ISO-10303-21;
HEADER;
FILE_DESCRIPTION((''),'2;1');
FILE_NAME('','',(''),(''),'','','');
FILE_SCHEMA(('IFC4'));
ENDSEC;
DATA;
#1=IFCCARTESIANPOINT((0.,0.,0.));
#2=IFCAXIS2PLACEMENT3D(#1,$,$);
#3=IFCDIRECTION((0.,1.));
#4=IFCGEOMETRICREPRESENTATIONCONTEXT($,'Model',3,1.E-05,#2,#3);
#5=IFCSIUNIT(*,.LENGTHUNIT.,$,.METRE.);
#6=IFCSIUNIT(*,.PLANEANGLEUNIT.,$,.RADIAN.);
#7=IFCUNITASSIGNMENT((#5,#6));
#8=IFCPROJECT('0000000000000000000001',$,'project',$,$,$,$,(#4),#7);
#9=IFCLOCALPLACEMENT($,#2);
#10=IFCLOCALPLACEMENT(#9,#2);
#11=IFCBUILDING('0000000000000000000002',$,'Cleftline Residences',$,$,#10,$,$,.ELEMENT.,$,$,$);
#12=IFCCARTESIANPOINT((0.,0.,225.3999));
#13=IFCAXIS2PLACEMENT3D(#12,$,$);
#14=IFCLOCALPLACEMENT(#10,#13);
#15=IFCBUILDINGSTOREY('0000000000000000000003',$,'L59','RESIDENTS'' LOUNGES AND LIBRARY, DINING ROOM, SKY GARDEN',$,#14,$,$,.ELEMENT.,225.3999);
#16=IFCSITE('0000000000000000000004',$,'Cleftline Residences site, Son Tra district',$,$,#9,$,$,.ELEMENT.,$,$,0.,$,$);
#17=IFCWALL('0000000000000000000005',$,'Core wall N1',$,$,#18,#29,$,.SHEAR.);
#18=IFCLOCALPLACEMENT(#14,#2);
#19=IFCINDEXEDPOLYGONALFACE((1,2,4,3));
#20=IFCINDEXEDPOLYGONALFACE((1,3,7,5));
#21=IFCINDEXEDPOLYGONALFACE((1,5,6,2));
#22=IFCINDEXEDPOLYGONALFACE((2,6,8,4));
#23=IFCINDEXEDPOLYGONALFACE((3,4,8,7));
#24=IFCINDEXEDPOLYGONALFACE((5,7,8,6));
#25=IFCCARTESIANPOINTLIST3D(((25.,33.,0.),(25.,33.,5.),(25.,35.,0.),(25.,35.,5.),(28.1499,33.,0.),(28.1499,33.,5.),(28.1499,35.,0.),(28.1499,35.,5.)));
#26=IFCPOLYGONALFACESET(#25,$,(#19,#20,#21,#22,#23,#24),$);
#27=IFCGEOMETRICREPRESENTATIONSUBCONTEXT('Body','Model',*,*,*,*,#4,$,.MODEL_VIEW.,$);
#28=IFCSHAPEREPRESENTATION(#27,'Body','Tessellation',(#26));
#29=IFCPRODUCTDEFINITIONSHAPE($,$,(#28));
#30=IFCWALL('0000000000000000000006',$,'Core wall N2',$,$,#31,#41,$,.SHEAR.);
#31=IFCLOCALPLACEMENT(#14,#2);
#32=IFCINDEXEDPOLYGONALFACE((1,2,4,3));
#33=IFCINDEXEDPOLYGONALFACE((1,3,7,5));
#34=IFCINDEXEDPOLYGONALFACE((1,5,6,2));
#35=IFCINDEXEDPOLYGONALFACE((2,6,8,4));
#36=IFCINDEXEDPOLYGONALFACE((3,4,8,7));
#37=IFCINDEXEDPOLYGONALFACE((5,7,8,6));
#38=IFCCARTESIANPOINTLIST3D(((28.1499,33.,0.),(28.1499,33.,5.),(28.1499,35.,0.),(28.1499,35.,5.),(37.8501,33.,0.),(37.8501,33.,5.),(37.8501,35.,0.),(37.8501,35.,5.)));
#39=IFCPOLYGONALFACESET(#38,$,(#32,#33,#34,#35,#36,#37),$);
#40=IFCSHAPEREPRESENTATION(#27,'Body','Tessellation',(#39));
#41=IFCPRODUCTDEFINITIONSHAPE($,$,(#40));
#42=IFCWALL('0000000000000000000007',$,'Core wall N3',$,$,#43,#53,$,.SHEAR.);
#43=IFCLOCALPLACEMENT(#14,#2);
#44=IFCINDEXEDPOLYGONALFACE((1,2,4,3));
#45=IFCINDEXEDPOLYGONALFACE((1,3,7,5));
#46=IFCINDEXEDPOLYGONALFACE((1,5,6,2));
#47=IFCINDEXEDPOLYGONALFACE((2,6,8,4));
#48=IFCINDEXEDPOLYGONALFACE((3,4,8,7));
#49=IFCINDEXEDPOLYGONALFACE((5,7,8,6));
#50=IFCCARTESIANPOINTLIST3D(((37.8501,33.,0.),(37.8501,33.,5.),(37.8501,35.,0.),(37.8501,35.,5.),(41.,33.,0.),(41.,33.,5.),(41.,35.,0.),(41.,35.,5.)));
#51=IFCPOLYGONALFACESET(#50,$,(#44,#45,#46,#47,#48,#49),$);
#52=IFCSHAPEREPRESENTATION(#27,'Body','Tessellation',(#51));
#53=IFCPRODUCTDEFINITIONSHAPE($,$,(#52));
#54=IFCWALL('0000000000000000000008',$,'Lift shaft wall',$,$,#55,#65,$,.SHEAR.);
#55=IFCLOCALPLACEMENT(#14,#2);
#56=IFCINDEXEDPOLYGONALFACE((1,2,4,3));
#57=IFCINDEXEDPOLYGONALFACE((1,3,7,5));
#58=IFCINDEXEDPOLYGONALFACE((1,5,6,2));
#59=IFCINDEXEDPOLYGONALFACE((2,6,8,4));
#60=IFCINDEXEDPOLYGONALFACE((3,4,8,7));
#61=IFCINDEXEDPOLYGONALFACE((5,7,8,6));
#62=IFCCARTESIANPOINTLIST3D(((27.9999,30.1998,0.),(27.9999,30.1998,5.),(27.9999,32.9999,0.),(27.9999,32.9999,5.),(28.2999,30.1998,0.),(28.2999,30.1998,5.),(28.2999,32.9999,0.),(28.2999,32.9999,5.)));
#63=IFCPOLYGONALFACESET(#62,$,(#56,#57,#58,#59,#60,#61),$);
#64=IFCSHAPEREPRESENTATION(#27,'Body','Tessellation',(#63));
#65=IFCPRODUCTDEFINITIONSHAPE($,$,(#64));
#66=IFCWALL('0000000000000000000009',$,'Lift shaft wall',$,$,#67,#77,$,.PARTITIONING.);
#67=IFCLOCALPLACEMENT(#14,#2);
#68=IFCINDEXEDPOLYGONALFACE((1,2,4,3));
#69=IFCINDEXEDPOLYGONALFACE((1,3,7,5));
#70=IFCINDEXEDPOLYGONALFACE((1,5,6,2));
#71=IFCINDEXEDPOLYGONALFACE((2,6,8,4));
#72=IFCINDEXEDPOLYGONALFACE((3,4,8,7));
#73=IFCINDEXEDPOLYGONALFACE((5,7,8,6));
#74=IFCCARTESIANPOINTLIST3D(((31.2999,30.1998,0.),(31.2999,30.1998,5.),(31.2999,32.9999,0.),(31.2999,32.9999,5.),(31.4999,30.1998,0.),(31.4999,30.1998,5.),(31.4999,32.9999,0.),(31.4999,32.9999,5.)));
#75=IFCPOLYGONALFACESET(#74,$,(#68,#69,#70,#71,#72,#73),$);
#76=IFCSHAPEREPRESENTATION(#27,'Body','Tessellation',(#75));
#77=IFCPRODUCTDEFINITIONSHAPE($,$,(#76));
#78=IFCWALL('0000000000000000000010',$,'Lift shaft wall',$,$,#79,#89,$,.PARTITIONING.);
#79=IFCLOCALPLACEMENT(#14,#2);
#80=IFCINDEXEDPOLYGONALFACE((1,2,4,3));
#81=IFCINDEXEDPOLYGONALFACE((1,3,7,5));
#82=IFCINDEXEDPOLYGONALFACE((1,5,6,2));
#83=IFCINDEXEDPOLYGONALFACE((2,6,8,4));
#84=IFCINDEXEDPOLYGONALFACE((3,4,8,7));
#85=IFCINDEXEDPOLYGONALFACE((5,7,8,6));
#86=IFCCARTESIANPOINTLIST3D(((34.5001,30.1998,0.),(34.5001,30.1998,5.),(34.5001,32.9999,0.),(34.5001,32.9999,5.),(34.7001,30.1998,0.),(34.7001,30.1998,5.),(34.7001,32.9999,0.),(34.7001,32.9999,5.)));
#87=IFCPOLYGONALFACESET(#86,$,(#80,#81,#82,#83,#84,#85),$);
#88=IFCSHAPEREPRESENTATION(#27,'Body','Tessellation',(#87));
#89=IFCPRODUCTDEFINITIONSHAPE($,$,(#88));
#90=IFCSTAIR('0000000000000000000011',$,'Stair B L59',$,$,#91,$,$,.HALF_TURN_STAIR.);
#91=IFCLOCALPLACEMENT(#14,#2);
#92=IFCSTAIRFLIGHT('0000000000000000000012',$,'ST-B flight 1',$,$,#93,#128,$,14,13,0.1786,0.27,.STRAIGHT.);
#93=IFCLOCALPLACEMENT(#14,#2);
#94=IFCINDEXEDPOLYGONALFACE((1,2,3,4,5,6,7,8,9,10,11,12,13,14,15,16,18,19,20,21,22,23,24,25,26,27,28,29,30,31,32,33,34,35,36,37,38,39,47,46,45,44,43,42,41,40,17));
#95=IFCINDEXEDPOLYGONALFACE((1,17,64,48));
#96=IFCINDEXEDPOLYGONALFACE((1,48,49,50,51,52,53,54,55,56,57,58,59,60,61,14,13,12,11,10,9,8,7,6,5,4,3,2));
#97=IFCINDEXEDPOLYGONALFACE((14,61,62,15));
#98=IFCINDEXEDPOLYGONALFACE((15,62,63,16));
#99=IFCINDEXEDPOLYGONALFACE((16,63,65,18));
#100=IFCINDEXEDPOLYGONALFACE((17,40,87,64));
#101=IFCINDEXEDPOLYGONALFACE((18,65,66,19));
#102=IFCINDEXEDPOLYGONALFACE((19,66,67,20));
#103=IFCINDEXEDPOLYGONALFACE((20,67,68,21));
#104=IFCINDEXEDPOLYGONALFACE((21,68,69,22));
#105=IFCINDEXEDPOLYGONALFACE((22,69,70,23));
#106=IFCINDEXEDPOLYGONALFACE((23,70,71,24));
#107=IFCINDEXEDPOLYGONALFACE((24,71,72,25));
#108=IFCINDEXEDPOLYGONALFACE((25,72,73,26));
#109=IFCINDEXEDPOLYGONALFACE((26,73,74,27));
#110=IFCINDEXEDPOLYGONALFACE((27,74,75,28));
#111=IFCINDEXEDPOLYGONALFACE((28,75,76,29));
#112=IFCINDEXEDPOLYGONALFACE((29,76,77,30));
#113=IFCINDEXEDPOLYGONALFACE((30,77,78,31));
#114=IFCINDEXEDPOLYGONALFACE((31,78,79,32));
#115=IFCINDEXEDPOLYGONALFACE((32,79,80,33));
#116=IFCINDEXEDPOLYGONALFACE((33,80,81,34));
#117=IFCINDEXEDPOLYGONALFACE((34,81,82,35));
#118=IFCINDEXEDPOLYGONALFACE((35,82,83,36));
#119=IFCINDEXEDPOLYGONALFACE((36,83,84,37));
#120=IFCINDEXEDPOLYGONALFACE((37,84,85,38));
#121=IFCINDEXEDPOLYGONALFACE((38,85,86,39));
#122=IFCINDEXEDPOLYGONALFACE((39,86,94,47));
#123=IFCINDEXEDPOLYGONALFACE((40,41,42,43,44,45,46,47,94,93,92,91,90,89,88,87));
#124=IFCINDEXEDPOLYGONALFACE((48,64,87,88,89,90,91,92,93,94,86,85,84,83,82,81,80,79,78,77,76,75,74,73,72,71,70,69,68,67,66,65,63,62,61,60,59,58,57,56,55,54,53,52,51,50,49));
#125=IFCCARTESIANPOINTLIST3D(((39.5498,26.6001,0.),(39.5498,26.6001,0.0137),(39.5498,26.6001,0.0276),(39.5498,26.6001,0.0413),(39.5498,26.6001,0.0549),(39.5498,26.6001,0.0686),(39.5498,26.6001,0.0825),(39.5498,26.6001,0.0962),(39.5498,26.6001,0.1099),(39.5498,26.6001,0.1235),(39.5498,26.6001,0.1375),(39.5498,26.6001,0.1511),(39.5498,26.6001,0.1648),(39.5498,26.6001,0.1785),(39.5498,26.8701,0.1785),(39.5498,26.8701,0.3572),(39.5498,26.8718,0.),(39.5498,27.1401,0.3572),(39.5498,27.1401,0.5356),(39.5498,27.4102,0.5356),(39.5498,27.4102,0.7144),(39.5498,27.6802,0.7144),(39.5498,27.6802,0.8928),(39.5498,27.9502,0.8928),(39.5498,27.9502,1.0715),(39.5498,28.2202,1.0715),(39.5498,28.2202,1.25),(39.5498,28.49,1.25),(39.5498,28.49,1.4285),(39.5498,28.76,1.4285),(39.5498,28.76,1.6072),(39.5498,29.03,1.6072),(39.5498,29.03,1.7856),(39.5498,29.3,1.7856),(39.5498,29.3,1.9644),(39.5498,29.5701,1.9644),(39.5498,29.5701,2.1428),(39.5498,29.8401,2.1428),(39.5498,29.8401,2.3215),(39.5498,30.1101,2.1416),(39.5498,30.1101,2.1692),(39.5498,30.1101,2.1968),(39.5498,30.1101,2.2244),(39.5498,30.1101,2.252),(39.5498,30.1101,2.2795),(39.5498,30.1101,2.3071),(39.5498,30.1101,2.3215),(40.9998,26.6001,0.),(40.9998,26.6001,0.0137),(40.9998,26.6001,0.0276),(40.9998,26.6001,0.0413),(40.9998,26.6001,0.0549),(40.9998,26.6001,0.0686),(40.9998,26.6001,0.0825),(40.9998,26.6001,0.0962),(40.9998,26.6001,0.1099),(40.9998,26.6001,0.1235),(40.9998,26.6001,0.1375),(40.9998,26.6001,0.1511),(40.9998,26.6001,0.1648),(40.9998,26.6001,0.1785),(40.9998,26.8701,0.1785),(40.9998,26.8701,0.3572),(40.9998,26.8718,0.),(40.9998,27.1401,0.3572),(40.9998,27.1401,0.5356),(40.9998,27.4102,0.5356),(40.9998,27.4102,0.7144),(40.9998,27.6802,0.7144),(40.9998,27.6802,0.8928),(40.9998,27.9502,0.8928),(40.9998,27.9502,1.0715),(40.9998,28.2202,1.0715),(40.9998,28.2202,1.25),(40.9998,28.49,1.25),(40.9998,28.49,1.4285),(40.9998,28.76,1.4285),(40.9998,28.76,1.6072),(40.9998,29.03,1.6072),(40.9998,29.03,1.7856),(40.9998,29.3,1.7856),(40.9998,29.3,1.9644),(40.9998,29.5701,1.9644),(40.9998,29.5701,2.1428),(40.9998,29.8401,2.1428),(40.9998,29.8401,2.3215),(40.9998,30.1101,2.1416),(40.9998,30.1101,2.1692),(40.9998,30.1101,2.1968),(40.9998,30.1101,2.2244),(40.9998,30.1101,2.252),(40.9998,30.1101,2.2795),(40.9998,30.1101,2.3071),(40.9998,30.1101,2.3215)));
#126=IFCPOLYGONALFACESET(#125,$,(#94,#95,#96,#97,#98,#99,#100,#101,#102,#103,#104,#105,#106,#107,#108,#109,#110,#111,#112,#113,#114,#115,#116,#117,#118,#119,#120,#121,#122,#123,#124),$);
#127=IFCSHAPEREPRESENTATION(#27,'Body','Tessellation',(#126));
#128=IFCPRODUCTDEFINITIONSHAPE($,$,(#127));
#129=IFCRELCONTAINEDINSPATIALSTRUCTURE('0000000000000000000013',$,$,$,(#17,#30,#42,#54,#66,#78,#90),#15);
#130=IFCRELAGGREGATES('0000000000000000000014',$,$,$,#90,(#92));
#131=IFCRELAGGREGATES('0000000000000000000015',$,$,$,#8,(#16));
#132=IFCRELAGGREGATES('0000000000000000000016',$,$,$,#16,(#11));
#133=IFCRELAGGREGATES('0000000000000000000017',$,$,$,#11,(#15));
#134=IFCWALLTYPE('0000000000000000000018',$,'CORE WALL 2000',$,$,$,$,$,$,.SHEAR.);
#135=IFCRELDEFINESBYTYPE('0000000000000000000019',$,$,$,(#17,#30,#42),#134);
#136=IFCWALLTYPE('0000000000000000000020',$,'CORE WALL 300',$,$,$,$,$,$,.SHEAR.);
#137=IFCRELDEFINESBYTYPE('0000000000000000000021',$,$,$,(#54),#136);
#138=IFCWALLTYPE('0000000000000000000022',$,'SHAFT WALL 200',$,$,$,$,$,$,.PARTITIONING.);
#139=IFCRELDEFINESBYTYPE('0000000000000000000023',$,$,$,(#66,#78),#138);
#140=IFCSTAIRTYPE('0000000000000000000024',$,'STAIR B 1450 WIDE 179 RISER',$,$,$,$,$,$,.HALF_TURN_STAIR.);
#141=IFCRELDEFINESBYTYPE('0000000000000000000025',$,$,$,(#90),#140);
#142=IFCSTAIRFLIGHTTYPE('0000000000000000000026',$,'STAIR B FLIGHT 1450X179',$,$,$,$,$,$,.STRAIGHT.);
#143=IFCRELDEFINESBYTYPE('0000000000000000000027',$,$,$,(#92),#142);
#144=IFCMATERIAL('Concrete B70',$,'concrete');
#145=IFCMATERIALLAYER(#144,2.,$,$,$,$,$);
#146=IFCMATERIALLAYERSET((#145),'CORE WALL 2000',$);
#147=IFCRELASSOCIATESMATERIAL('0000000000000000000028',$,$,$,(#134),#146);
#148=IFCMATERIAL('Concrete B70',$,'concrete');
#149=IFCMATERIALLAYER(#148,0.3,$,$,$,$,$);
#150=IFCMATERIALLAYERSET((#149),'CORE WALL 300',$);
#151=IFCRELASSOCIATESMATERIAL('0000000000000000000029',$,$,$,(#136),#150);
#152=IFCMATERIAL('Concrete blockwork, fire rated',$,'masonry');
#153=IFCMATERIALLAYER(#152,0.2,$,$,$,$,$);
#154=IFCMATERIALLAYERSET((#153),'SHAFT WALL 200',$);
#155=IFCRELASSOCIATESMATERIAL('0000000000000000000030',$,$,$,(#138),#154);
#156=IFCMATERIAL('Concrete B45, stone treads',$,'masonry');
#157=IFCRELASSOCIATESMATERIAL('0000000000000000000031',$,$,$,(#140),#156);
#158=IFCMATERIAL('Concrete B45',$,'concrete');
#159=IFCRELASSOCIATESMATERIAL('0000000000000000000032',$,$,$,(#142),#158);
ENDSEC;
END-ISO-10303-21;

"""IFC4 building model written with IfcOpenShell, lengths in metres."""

from ifc_helpers import new_model, si_unit, direction, frame, frame_2d, origin, place, context, subcontext, project, spatial, polyline, rectangle, outline, extrude, material, layer, layer_set, type_object, element, aggregate, save


model = new_model("IFC4")

# Units and contexts
model_context = context("Model", 3, precision=1e-05, world=origin(), true_north=direction((0.0, 1.0)))
body_context = subcontext(model_context, "Body", "Model", "MODEL_VIEW")
ifc_project = project(units=[si_unit("LENGTHUNIT", "METRE"), si_unit("PLANEANGLEUNIT", "RADIAN")], contexts=[model_context])

# Site, building, storey
site_placement = place(None, origin())
site = spatial("IfcSite", under=ifc_project, at=site_placement, Name="Cleftline Residences site, Son Tra district", CompositionType="ELEMENT", RefElevation=0.0)
building_placement = place(site_placement, origin())
building = spatial("IfcBuilding", under=site, at=building_placement, Name="Cleftline Residences", CompositionType="ELEMENT")
storey_placement = place(building_placement, frame((0.0, 0.0, 225.3999)))
storey = spatial("IfcBuildingStorey", under=building, at=storey_placement, Name="L59", Description="RESIDENTS' LOUNGES AND LIBRARY, DINING ROOM, SKY GARDEN", CompositionType="ELEMENT", Elevation=225.3999)

# Walls
ifc_material_1 = material(Name="Concrete B70", Category="concrete")
ifc_layer_1 = layer(ifc_material_1, 2.0)
ifc_layer_set_1 = layer_set([ifc_layer_1], Name="CORE WALL 2000")
wall_type_1 = type_object("IfcWallType", Name="CORE WALL 2000", PredefinedType="SHEAR", material=ifc_layer_set_1)
wall_1_placement = place(storey_placement, frame((25.0, 34.0, 0.0), z_axis=(0.0, 0.0, 1.0), x_axis=(1.0, 0.0, 0.0)))
element("IfcWall", 1, at=wall_1_placement, inside=storey, type_object=wall_type_1, Name="Core wall N1", PredefinedType="SHEAR", context=body_context, shape_type="SweptSolid", body=[
    extrude(rectangle(XDim=3.1499, YDim=2.0, at=frame_2d((1.575, 0.0))), origin(), (0.0, 0.0, 1.0), 5.0),
])
wall_2_placement = place(storey_placement, frame((28.1499, 34.0, 0.0), z_axis=(0.0, 0.0, 1.0), x_axis=(1.0, 0.0, 0.0)))
element("IfcWall", 2, at=wall_2_placement, inside=storey, type_object=wall_type_1, Name="Core wall N2", PredefinedType="SHEAR", context=body_context, shape_type="SweptSolid", body=[
    extrude(rectangle(XDim=9.7002, YDim=2.0, at=frame_2d((4.8501, 0.0))), origin(), (0.0, 0.0, 1.0), 5.0),
])
wall_3_placement = place(storey_placement, frame((37.8501, 34.0, 0.0), z_axis=(0.0, 0.0, 1.0), x_axis=(1.0, 0.0, 0.0)))
element("IfcWall", 3, at=wall_3_placement, inside=storey, type_object=wall_type_1, Name="Core wall N3", PredefinedType="SHEAR", context=body_context, shape_type="SweptSolid", body=[
    extrude(rectangle(XDim=3.1499, YDim=2.0, at=frame_2d((1.575, 0.0))), origin(), (0.0, 0.0, 1.0), 5.0),
])
ifc_material_2 = material(Name="Concrete B70", Category="concrete")
ifc_layer_2 = layer(ifc_material_2, 0.3)
ifc_layer_set_2 = layer_set([ifc_layer_2], Name="CORE WALL 300")
wall_type_2 = type_object("IfcWallType", Name="CORE WALL 300", PredefinedType="SHEAR", material=ifc_layer_set_2)
wall_4_placement = place(storey_placement, frame((28.1499, 30.2, 0.0), z_axis=(0.0, 0.0, 1.0), x_axis=(0.0, 1.0, 0.0)))
element("IfcWall", 4, at=wall_4_placement, inside=storey, type_object=wall_type_2, Name="Lift shaft wall", PredefinedType="SHEAR", context=body_context, shape_type="SweptSolid", body=[
    extrude(rectangle(XDim=2.8, YDim=0.3, at=frame_2d((1.3999, 0.0))), origin(), (0.0, 0.0, 1.0), 5.0),
])
ifc_material_3 = material(Name="Concrete blockwork, fire rated", Category="masonry")
ifc_layer_3 = layer(ifc_material_3, 0.2)
ifc_layer_set_3 = layer_set([ifc_layer_3], Name="SHAFT WALL 200")
wall_type_3 = type_object("IfcWallType", Name="SHAFT WALL 200", PredefinedType="PARTITIONING", material=ifc_layer_set_3)
for number, where, z_axis, x_axis, name in (
    (5, (31.3999, 30.2, 0.0), (0.0, 0.0, 1.0), (0.0, 1.0, 0.0), "Lift shaft wall"),
    (6, (34.6001, 30.2, 0.0), (0.0, 0.0, 1.0), (0.0, 1.0, 0.0), "Lift shaft wall"),
):
    element("IfcWall", number, at=place(storey_placement, frame(where, z_axis=z_axis, x_axis=x_axis)), inside=storey, type_object=wall_type_3, Name=name, PredefinedType="PARTITIONING", context=body_context, shape_type="SweptSolid", body=[
        extrude(rectangle(XDim=2.8, YDim=0.2, at=frame_2d((1.3999, 0.0))), origin(), (0.0, 0.0, 1.0), 5.0),
    ])

# Stair, stair flight
ifc_material_4 = material(Name="Concrete B45, stone treads", Category="masonry")
stair_type = type_object("IfcStairType", Name="STAIR B 1450 WIDE 179 RISER", PredefinedType="HALF_TURN_STAIR", material=ifc_material_4)
stair_placement = place(storey_placement, origin())
stair = element("IfcStair", 7, at=stair_placement, inside=storey, type_object=stair_type, Name="Stair B L59", PredefinedType="HALF_TURN_STAIR")
ifc_material_5 = material(Name="Concrete B45", Category="concrete")
stair_flight_type = type_object("IfcStairFlightType", Name="STAIR B FLIGHT 1450X179", PredefinedType="STRAIGHT", material=ifc_material_5)
stair_flight_1_placement = place(storey_placement, frame((40.2749, 26.6001, 0.0), z_axis=(0.0, 0.0, 1.0), x_axis=(0.0, 1.0, 0.0)))
stair_flight_1 = element("IfcStairFlight", 8, at=stair_flight_1_placement, type_object=stair_flight_type, Name="ST-B flight 1", NumberOfRisers=14, NumberOfTreads=13, PredefinedType="STRAIGHT", RiserHeight=0.1786, TreadLength=0.27, context=body_context, shape_type="SweptSolid", body=[
    extrude(outline(polyline([(0.0, 0.0), (0.0, 0.0137), (0.0, 0.0276), (0.0, 0.0413), (0.0, 0.0549), (0.0, 0.0686), (0.0, 0.0825), (0.0, 0.0962), (0.0, 0.1099), (0.0, 0.1235), (0.0, 0.1375), (0.0, 0.1511), (0.0, 0.1648), (0.0, 0.1785), (0.27, 0.1785), (0.27, 0.3572), (0.54, 0.3572), (0.54, 0.5356), (0.8101, 0.5356), (0.8101, 0.7144), (1.0801, 0.7144), (1.0801, 0.8928), (1.3501, 0.8928), (1.3501, 1.0715), (1.6201, 1.0715), (1.6201, 1.25), (1.8899, 1.25), (1.8899, 1.4285), (2.1599, 1.4285), (2.1599, 1.6072), (2.4299, 1.6072), (2.4299, 1.7856), (2.7, 1.7856), (2.7, 1.9644), (2.97, 1.9644), (2.97, 2.1428), (3.24, 2.1428), (3.24, 2.3215), (3.51, 2.3215), (3.51, 2.5), (3.51, 2.4724), (3.51, 2.4448), (3.51, 2.4172), (3.51, 2.3896), (3.51, 2.3623), (3.51, 2.3347), (3.51, 2.3071), (3.51, 2.2795), (3.51, 2.252), (3.51, 2.2244), (3.51, 2.1968), (3.51, 2.1692), (3.51, 2.1416), (0.2717, 0.0), (0.0, 0.0)])), frame((0.0, 0.7251, 0.0), z_axis=(0.0, -1.0, 0.0), x_axis=(1.0, 0.0, 0.0)), (0.0, 0.0, 1.0), 1.45),
])
aggregate(stair, [stair_flight_1])

save(model, "model.ifc")
